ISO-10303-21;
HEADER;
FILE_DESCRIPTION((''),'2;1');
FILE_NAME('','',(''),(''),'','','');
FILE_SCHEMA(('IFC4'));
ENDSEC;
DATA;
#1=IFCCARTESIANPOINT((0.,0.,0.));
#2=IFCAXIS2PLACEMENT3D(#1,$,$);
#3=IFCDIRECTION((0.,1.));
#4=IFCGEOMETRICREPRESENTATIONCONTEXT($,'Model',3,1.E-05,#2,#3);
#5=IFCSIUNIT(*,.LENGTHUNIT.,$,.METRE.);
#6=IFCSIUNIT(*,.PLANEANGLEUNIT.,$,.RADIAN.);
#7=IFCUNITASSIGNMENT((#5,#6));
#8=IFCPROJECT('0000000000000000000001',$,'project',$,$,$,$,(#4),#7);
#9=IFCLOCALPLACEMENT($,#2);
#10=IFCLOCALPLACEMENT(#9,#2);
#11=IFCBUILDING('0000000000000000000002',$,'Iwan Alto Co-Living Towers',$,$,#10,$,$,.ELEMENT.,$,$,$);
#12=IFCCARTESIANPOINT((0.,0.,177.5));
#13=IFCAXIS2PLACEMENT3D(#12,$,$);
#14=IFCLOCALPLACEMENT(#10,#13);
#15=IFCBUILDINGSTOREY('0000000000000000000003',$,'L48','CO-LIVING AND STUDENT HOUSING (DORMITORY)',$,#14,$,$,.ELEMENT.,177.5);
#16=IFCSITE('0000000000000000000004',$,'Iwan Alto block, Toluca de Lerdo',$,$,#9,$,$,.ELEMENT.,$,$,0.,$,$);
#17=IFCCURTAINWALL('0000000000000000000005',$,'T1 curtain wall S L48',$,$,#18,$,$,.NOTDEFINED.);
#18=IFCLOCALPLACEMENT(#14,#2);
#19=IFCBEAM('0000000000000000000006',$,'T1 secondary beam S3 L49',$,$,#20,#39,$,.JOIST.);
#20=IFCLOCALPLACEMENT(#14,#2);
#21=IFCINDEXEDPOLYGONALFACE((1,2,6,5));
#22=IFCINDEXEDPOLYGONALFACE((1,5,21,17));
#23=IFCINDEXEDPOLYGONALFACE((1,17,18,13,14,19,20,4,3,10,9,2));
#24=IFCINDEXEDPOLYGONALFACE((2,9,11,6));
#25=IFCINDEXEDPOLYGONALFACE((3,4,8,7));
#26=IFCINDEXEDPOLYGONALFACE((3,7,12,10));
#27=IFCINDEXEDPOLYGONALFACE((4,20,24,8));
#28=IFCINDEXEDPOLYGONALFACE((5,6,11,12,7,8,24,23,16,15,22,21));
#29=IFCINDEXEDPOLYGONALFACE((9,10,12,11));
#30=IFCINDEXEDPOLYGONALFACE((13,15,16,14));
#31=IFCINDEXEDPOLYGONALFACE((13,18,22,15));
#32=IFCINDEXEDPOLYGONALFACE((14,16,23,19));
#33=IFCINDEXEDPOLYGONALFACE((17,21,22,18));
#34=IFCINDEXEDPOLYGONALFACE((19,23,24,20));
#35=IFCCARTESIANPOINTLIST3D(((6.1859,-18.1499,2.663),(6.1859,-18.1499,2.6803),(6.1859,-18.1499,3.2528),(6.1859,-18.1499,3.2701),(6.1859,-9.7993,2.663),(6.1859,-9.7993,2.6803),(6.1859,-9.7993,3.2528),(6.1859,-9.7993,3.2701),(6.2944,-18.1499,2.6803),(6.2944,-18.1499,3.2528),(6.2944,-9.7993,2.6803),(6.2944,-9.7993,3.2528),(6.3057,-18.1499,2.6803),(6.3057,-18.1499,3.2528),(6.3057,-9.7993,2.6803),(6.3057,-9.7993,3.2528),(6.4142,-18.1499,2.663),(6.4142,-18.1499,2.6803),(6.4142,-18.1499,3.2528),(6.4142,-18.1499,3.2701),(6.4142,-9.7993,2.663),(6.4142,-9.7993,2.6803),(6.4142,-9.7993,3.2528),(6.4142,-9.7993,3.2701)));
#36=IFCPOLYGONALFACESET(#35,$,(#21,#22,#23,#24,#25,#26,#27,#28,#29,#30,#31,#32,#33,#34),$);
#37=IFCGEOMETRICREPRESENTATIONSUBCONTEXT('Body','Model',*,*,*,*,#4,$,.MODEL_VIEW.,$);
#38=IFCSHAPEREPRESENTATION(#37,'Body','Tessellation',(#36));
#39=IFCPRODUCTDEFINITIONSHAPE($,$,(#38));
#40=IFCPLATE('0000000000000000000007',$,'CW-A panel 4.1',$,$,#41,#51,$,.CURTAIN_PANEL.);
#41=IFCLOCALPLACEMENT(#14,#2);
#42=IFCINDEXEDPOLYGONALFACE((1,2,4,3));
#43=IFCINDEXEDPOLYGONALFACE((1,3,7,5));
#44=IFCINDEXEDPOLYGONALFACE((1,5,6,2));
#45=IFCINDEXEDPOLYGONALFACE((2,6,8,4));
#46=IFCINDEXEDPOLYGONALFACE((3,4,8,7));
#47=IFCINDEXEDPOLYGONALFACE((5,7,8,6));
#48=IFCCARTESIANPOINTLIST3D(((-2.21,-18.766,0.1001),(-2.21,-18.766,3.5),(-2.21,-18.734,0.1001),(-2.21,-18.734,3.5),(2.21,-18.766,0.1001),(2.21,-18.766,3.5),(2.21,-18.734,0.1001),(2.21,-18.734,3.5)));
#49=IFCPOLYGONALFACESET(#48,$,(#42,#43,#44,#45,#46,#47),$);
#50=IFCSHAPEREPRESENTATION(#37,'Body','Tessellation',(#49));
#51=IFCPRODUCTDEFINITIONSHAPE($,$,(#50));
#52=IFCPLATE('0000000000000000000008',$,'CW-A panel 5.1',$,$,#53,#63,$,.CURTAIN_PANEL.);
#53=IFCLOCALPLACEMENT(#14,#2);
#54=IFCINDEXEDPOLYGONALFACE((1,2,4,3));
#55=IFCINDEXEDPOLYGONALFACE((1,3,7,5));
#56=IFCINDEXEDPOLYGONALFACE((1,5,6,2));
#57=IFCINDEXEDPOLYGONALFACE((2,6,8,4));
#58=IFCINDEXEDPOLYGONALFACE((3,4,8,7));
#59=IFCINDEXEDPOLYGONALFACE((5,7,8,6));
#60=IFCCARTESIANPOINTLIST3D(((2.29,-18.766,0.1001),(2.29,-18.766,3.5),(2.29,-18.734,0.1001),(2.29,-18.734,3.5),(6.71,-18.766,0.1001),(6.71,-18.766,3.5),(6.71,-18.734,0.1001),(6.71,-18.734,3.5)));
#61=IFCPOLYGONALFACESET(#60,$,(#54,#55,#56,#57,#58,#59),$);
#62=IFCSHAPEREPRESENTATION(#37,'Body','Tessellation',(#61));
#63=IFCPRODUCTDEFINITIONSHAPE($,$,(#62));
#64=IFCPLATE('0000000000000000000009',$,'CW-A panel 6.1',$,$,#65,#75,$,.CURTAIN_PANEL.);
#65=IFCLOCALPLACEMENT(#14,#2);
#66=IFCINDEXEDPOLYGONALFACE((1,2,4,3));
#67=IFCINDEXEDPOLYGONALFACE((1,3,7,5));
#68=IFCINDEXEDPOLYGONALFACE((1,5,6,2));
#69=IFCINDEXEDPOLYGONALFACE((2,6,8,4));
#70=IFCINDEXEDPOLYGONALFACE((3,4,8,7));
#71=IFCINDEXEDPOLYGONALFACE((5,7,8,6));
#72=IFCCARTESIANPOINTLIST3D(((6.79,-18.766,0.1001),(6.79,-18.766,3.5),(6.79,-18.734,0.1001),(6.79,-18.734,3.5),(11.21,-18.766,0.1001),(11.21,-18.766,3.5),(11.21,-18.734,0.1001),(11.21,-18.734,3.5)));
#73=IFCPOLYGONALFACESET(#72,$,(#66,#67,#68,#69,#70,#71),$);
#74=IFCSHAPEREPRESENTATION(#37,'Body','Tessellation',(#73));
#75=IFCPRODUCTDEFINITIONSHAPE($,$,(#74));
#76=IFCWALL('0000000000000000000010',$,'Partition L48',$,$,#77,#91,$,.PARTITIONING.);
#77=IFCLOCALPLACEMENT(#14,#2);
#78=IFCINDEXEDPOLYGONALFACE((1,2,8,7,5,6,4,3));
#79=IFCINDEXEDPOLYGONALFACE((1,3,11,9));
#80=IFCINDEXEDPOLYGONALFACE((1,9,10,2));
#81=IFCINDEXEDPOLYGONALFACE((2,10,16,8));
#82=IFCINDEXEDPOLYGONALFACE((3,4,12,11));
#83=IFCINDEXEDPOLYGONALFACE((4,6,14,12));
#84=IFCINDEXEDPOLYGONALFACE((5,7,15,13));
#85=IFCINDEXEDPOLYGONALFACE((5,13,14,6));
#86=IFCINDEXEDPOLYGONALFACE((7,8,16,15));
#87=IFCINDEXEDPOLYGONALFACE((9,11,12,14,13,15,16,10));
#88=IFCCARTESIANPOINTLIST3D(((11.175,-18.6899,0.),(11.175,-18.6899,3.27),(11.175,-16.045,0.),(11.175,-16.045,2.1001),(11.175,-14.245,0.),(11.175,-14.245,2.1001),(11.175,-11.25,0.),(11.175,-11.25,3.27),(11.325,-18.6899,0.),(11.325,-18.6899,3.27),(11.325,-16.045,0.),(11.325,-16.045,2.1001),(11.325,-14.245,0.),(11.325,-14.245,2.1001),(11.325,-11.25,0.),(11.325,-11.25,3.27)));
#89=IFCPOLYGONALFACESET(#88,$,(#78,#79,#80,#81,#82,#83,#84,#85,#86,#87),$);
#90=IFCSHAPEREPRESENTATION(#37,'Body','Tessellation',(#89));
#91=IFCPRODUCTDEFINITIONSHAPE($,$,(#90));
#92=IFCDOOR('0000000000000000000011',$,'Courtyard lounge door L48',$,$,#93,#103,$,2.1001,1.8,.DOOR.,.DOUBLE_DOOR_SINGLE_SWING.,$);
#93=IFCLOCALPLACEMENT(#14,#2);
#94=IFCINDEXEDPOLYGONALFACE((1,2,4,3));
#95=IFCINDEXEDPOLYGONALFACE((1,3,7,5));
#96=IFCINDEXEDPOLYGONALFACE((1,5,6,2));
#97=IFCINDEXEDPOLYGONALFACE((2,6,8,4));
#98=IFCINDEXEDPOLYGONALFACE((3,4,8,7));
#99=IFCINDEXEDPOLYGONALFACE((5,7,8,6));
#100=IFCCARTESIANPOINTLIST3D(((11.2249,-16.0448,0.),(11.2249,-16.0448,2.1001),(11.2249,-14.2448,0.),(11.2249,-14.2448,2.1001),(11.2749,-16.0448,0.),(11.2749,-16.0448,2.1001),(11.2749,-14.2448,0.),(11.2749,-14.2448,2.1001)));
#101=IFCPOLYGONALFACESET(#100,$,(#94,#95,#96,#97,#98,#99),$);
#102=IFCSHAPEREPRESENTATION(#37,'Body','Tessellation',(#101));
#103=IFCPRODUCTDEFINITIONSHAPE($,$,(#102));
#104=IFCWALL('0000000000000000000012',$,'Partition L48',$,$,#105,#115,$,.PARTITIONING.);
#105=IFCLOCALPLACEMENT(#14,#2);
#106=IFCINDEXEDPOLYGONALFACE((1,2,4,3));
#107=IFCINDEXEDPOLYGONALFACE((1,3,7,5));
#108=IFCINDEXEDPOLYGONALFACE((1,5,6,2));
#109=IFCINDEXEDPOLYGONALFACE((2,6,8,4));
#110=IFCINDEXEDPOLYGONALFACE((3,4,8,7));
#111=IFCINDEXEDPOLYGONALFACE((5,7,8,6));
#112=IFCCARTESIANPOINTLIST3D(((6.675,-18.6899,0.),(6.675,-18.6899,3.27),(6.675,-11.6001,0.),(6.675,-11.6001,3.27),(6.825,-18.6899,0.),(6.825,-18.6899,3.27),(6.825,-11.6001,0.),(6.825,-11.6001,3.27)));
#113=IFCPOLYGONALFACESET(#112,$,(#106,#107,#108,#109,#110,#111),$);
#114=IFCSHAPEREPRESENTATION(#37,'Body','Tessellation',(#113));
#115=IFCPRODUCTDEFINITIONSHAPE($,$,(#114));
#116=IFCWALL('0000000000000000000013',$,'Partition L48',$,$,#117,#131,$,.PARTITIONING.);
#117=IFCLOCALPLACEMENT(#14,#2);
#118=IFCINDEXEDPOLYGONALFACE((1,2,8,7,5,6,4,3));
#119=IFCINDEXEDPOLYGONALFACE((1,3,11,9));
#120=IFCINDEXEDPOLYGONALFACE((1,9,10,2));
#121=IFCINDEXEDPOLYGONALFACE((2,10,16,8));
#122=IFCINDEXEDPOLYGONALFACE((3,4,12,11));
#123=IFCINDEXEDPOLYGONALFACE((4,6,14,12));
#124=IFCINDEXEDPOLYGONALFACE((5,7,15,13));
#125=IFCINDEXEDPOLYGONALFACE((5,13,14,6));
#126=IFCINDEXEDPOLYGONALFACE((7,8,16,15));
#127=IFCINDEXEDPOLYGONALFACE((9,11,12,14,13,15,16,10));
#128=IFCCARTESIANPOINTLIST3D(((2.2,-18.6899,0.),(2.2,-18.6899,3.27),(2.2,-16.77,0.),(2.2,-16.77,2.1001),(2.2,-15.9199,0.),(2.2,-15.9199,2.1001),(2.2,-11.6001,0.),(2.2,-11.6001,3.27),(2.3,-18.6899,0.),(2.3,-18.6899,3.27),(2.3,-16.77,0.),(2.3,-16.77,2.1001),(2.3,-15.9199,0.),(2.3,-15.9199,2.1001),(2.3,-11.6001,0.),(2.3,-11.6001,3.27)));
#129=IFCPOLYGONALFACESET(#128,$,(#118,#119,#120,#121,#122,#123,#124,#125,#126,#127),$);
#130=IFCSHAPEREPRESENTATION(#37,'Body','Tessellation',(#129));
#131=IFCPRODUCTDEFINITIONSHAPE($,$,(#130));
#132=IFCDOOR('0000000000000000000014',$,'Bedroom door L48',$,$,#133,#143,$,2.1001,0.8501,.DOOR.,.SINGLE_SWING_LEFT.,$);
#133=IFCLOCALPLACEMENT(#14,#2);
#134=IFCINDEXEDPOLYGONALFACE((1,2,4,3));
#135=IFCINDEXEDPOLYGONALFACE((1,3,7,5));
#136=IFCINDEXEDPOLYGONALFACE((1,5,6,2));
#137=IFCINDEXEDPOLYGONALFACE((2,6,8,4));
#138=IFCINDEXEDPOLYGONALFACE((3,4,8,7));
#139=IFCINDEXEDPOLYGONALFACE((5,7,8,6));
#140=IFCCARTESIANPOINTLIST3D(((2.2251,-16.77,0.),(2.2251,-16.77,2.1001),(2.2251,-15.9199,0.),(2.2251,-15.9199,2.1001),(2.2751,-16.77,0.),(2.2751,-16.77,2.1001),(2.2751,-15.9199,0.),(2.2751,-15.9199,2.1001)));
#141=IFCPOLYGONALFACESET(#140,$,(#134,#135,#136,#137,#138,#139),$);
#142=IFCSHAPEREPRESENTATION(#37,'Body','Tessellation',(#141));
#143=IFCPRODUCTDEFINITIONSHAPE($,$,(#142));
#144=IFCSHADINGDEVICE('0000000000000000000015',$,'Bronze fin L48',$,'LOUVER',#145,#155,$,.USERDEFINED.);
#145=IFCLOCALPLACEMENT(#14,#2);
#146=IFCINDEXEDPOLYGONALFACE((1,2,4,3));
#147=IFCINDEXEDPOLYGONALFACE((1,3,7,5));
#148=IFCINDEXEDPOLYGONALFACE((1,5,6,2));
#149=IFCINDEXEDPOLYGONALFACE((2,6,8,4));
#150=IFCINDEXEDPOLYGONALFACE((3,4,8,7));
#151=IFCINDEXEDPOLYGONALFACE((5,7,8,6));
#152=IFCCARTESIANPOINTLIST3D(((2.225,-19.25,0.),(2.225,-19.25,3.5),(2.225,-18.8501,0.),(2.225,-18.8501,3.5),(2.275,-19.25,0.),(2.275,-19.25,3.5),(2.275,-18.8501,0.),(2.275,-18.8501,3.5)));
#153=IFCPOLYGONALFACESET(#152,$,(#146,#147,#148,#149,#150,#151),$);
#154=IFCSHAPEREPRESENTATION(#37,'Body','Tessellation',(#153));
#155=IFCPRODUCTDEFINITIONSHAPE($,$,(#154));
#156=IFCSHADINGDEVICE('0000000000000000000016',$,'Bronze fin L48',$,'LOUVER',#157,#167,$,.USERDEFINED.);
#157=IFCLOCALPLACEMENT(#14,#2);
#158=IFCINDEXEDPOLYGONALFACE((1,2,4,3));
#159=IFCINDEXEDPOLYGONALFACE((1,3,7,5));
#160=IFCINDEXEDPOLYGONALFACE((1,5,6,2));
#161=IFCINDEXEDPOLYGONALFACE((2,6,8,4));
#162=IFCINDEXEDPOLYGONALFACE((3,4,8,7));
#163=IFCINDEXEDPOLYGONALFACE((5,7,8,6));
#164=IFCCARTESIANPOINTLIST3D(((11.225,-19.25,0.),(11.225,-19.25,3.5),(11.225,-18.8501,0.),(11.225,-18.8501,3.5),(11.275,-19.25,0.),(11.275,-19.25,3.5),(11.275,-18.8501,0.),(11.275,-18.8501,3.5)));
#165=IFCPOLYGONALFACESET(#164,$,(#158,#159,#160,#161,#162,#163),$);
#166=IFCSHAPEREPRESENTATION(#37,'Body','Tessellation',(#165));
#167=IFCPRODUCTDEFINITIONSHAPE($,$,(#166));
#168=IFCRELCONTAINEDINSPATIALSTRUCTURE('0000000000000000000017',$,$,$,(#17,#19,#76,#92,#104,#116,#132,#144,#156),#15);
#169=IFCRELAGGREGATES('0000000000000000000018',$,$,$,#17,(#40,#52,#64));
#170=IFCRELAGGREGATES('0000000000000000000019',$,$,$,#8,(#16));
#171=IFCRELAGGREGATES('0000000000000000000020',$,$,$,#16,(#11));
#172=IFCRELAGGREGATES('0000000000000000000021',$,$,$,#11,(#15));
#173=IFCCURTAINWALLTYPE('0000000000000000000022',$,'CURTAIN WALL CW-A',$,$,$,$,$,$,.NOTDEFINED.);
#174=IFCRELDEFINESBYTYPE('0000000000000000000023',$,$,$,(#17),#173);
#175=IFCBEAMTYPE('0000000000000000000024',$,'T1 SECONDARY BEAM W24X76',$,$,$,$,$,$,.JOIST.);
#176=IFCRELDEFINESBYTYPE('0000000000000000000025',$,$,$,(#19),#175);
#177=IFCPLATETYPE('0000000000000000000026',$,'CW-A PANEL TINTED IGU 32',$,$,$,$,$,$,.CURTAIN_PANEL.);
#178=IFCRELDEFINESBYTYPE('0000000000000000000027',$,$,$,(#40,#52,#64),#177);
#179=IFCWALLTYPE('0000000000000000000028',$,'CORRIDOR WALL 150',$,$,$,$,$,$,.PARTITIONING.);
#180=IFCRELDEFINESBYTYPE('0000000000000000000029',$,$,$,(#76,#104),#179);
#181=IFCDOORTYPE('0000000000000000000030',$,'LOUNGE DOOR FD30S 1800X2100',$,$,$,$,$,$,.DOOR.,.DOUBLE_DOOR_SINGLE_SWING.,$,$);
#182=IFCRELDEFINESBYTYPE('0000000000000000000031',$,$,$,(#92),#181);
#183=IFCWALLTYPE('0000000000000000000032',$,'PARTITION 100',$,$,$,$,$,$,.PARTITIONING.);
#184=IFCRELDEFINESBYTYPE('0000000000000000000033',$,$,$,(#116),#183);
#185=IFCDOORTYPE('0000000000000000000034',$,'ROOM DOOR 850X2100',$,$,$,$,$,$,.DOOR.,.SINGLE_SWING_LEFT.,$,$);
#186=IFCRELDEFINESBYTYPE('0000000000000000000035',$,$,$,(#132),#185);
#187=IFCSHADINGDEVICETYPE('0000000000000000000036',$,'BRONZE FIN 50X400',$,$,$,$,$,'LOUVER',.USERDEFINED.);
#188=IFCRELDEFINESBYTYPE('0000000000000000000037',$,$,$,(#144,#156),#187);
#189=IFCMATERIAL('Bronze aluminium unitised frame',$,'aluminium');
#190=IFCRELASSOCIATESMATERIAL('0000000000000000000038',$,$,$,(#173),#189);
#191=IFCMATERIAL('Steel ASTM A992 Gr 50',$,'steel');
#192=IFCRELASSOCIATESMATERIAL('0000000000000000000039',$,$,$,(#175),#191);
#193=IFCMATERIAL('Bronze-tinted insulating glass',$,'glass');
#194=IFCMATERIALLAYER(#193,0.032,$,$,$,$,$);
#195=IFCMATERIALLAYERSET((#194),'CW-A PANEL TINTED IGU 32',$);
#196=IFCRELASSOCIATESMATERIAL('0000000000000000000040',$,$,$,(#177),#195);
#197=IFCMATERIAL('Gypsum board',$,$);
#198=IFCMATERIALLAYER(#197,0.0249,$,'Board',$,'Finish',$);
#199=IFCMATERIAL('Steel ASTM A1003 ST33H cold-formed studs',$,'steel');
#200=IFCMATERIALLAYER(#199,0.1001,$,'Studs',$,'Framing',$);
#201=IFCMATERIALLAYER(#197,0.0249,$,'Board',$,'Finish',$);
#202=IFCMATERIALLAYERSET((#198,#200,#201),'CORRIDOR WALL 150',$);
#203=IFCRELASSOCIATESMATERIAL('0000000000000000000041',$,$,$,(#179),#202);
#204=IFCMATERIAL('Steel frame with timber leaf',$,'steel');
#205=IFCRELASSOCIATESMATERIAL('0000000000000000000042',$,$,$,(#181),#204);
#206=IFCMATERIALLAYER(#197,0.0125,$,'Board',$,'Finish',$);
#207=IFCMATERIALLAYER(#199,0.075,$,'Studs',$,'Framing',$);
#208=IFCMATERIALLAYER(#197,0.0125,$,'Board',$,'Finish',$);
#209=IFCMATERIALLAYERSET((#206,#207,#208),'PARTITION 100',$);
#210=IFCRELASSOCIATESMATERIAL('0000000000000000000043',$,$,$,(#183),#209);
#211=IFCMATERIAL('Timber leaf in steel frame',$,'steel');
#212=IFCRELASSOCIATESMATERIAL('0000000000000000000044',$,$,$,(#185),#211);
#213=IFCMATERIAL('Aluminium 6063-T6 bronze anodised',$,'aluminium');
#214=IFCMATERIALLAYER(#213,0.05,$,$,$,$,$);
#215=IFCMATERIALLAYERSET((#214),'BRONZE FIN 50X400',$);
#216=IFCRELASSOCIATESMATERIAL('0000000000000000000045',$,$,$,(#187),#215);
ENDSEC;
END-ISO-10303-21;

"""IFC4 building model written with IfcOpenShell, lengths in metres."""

from ifc_helpers import new_model, si_unit, direction, frame, frame_2d, origin, origin_2d, place, context, subcontext, project, spatial, rectangle, i_section, extrude, material, layer, layer_set, material_profile, profile_set, type_object, element, fill, aggregate, save


model = new_model("IFC4")

# Units and contexts
model_context = context("Model", 3, precision=1e-05, world=origin(), true_north=direction((0.0, 1.0)))
body_context = subcontext(model_context, "Body", "Model", "MODEL_VIEW")
ifc_project = project(units=[si_unit("LENGTHUNIT", "METRE"), si_unit("PLANEANGLEUNIT", "RADIAN")], contexts=[model_context])

# Site, building, storey
site_placement = place(None, origin())
site = spatial("IfcSite", under=ifc_project, at=site_placement, Name="Iwan Alto block, Toluca de Lerdo", CompositionType="ELEMENT", RefElevation=0.0)
building_placement = place(site_placement, origin())
building = spatial("IfcBuilding", under=site, at=building_placement, Name="Iwan Alto Co-Living Towers", CompositionType="ELEMENT")
storey_placement = place(building_placement, frame((0.0, 0.0, 177.5)))
storey = spatial("IfcBuildingStorey", under=building, at=storey_placement, Name="L48", Description="CO-LIVING AND STUDENT HOUSING (DORMITORY)", CompositionType="ELEMENT", Elevation=177.5)

# Curtain wall
ifc_material_1 = material(Name="Bronze aluminium unitised frame", Category="aluminium")
curtain_wall_type = type_object("IfcCurtainWallType", Name="CURTAIN WALL CW-A", PredefinedType="NOTDEFINED", material=ifc_material_1)
curtain_wall_placement = place(storey_placement, origin())
curtain_wall = element("IfcCurtainWall", 1, at=curtain_wall_placement, inside=storey, type_object=curtain_wall_type, Name="T1 curtain wall S L48", PredefinedType="NOTDEFINED")

# Beam
ifc_material_2 = material(Name="Steel ASTM A992 Gr 50", Category="steel")
ifc_material_profile_1 = material_profile(ifc_material_2, i_section(OverallWidth=0.2283, OverallDepth=0.6072, WebThickness=0.0112, FlangeThickness=0.0173, at=origin_2d()), Name="W24X76")
ifc_profile_set_1 = profile_set([ifc_material_profile_1], Name="Steel ASTM A992 Gr 50")
beam_type_1 = type_object("IfcBeamType", Name="T1 SECONDARY BEAM W24X76", PredefinedType="JOIST", material=ifc_profile_set_1)
for number, where, z_axis, x_axis, name in (
    (2, (6.3, -18.1499, 2.9666), (0.0, 1.0, 0.0), (-1.0, 0.0, 0.0), "T1 secondary beam S3 L49"),
):
    element("IfcBeam", number, at=place(storey_placement, frame(where, z_axis=z_axis, x_axis=x_axis)), inside=storey, type_object=beam_type_1, Name=name, PredefinedType="JOIST", context=body_context, shape_type="SweptSolid", body=[
        extrude(i_section(OverallWidth=0.2283, OverallDepth=0.6072, WebThickness=0.0112, FlangeThickness=0.0173, at=origin_2d()), origin(), (0.0, 0.0, 1.0), 8.3506),
    ])

# Plates
ifc_material_3 = material(Name="Bronze-tinted insulating glass", Category="glass")
ifc_layer_1 = layer(ifc_material_3, 0.032)
ifc_layer_set_1 = layer_set([ifc_layer_1], Name="CW-A PANEL TINTED IGU 32")
plate_type = type_object("IfcPlateType", Name="CW-A PANEL TINTED IGU 32", PredefinedType="CURTAIN_PANEL", material=ifc_layer_set_1)
plate_1_placement = place(storey_placement, frame((0.0, -18.75, 0.1001), z_axis=(0.0, 0.0, 1.0), x_axis=(1.0, 0.0, 0.0)))
plate_1 = element("IfcPlate", 3, at=plate_1_placement, type_object=plate_type, Name="CW-A panel 4.1", PredefinedType="CURTAIN_PANEL", context=body_context, shape_type="SweptSolid", body=[
    extrude(rectangle(XDim=4.4199, YDim=0.032, at=origin_2d()), origin(), (0.0, 0.0, 1.0), 3.3999),
])
plate_2_placement = place(storey_placement, frame((4.5, -18.75, 0.1001), z_axis=(0.0, 0.0, 1.0), x_axis=(1.0, 0.0, 0.0)))
plate_2 = element("IfcPlate", 4, at=plate_2_placement, type_object=plate_type, Name="CW-A panel 5.1", PredefinedType="CURTAIN_PANEL", context=body_context, shape_type="SweptSolid", body=[
    extrude(rectangle(XDim=4.4199, YDim=0.032, at=origin_2d()), origin(), (0.0, 0.0, 1.0), 3.3999),
])
plate_3_placement = place(storey_placement, frame((9.0, -18.75, 0.1001), z_axis=(0.0, 0.0, 1.0), x_axis=(1.0, 0.0, 0.0)))
plate_3 = element("IfcPlate", 5, at=plate_3_placement, type_object=plate_type, Name="CW-A panel 6.1", PredefinedType="CURTAIN_PANEL", context=body_context, shape_type="SweptSolid", body=[
    extrude(rectangle(XDim=4.4199, YDim=0.032, at=origin_2d()), origin(), (0.0, 0.0, 1.0), 3.3999),
])
aggregate(curtain_wall, [plate_1, plate_2, plate_3])

# Wall, opening, door
ifc_material_4 = material(Name="Gypsum board")
ifc_layer_2 = layer(ifc_material_4, 0.0249, Name="Board", Category="Finish")
ifc_material_5 = material(Name="Steel ASTM A1003 ST33H cold-formed studs", Category="steel")
ifc_layer_3 = layer(ifc_material_5, 0.1001, Name="Studs", Category="Framing")
ifc_layer_4 = layer(ifc_material_4, 0.0249, Name="Board", Category="Finish")
ifc_layer_set_2 = layer_set([ifc_layer_2, ifc_layer_3, ifc_layer_4], Name="CORRIDOR WALL 150")
wall_type_1 = type_object("IfcWallType", Name="CORRIDOR WALL 150", PredefinedType="PARTITIONING", material=ifc_layer_set_2)
wall_1_placement = place(storey_placement, frame((11.25, -18.6899, 0.0), z_axis=(0.0, 0.0, 1.0), x_axis=(0.0, 1.0, 0.0)))
wall_1 = element("IfcWall", 6, at=wall_1_placement, inside=storey, type_object=wall_type_1, Name="Partition L48", PredefinedType="PARTITIONING", context=body_context, shape_type="SweptSolid", body=[
    extrude(rectangle(XDim=7.4399, YDim=0.1499, at=frame_2d((3.72, 0.0))), origin(), (0.0, 0.0, 1.0), 3.27),
])
opening_1_placement = place(wall_1_placement, frame((2.645, 0.0, 0.0)))
opening_1 = element("IfcOpeningElement", 7, at=opening_1_placement, cuts=wall_1, PredefinedType="OPENING", context=body_context, shape_type="SweptSolid", body=[
    extrude(rectangle(XDim=1.8, YDim=2.1001, at=frame_2d((0.8999, 1.05))), frame((0.0, 0.085, 0.0), z_axis=(0.0, -1.0, 0.0), x_axis=(1.0, 0.0, 0.0)), (0.0, 0.0, 1.0), 0.1699),
])
ifc_material_6 = material(Name="Steel frame with timber leaf", Category="steel")
door_type_1 = type_object("IfcDoorType", Name="LOUNGE DOOR FD30S 1800X2100", OperationType="DOUBLE_DOOR_SINGLE_SWING", PredefinedType="DOOR", material=ifc_material_6)
door_1_placement = place(opening_1_placement, frame((1.8, 0.0, 0.0), z_axis=(0.0, 0.0, 1.0), x_axis=(-1.0, 0.0, 0.0)))
door_1 = element("IfcDoor", 8, at=door_1_placement, inside=storey, type_object=door_type_1, Name="Courtyard lounge door L48", OperationType="DOUBLE_DOOR_SINGLE_SWING", OverallHeight=2.1001, OverallWidth=1.8, PredefinedType="DOOR", context=body_context, shape_type="SweptSolid", body=[
    extrude(rectangle(XDim=1.8, YDim=2.1001, at=frame_2d((0.8999, 1.05))), frame((0.0, 0.0249, 0.0), z_axis=(0.0, -1.0, 0.0), x_axis=(1.0, 0.0, 0.0)), (0.0, 0.0, 1.0), 0.05),
])
fill(opening_1, door_1)

# Wall
wall_2_placement = place(storey_placement, frame((6.75, -18.6899, 0.0), z_axis=(0.0, 0.0, 1.0), x_axis=(0.0, 1.0, 0.0)))
element("IfcWall", 9, at=wall_2_placement, inside=storey, type_object=wall_type_1, Name="Partition L48", PredefinedType="PARTITIONING", context=body_context, shape_type="SweptSolid", body=[
    extrude(rectangle(XDim=7.0898, YDim=0.1499, at=frame_2d((3.5449, 0.0))), origin(), (0.0, 0.0, 1.0), 3.27),
])

# Wall, opening, door
ifc_layer_5 = layer(ifc_material_4, 0.0125, Name="Board", Category="Finish")
ifc_layer_6 = layer(ifc_material_5, 0.075, Name="Studs", Category="Framing")
ifc_layer_7 = layer(ifc_material_4, 0.0125, Name="Board", Category="Finish")
ifc_layer_set_3 = layer_set([ifc_layer_5, ifc_layer_6, ifc_layer_7], Name="PARTITION 100")
wall_type_2 = type_object("IfcWallType", Name="PARTITION 100", PredefinedType="PARTITIONING", material=ifc_layer_set_3)
wall_3_placement = place(storey_placement, frame((2.25, -18.6899, 0.0), z_axis=(0.0, 0.0, 1.0), x_axis=(0.0, 1.0, 0.0)))
wall_3 = element("IfcWall", 10, at=wall_3_placement, inside=storey, type_object=wall_type_2, Name="Partition L48", PredefinedType="PARTITIONING", context=body_context, shape_type="SweptSolid", body=[
    extrude(rectangle(XDim=7.0898, YDim=0.1001, at=frame_2d((3.5449, 0.0))), origin(), (0.0, 0.0, 1.0), 3.27),
])
opening_2_placement = place(wall_3_placement, frame((1.9199, 0.0, 0.0)))
opening_2 = element("IfcOpeningElement", 11, at=opening_2_placement, cuts=wall_3, PredefinedType="OPENING", context=body_context, shape_type="SweptSolid", body=[
    extrude(rectangle(XDim=0.8501, YDim=2.1001, at=frame_2d((0.425, 1.05))), frame((0.0, 0.0601, 0.0), z_axis=(0.0, -1.0, 0.0), x_axis=(1.0, 0.0, 0.0)), (0.0, 0.0, 1.0), 0.1201),
])
ifc_material_7 = material(Name="Timber leaf in steel frame", Category="steel")
door_type_2 = type_object("IfcDoorType", Name="ROOM DOOR 850X2100", OperationType="SINGLE_SWING_LEFT", PredefinedType="DOOR", material=ifc_material_7)
door_2_placement = place(opening_2_placement, origin())
door_2 = element("IfcDoor", 12, at=door_2_placement, inside=storey, type_object=door_type_2, Name="Bedroom door L48", OperationType="SINGLE_SWING_LEFT", OverallHeight=2.1001, OverallWidth=0.8501, PredefinedType="DOOR", context=body_context, shape_type="SweptSolid", body=[
    extrude(rectangle(XDim=0.8501, YDim=2.1001, at=frame_2d((0.425, 1.05))), frame((0.0, 0.0249, 0.0), z_axis=(0.0, -1.0, 0.0), x_axis=(1.0, 0.0, 0.0)), (0.0, 0.0, 1.0), 0.05),
])
fill(opening_2, door_2)

# Shading devices
ifc_material_8 = material(Name="Aluminium 6063-T6 bronze anodised", Category="aluminium")
ifc_layer_8 = layer(ifc_material_8, 0.05)
ifc_layer_set_4 = layer_set([ifc_layer_8], Name="BRONZE FIN 50X400")
shading_device_type = type_object("IfcShadingDeviceType", Name="BRONZE FIN 50X400", ElementType="LOUVER", PredefinedType="USERDEFINED", material=ifc_layer_set_4)
for number, where, z_axis, x_axis, name in (
    (13, (2.25, -19.05, 0.0), (0.0, 0.0, 1.0), (1.0, 0.0, 0.0), "Bronze fin L48"),
    (14, (11.25, -19.05, 0.0), (0.0, 0.0, 1.0), (1.0, 0.0, 0.0), "Bronze fin L48"),
):
    element("IfcShadingDevice", number, at=place(storey_placement, frame(where, z_axis=z_axis, x_axis=x_axis)), inside=storey, type_object=shading_device_type, Name=name, ObjectType="LOUVER", PredefinedType="USERDEFINED", context=body_context, shape_type="SweptSolid", body=[
        extrude(rectangle(XDim=0.05, YDim=0.3999, at=origin_2d()), origin(), (0.0, 0.0, 1.0), 3.5),
    ])

save(model, "model.ifc")
